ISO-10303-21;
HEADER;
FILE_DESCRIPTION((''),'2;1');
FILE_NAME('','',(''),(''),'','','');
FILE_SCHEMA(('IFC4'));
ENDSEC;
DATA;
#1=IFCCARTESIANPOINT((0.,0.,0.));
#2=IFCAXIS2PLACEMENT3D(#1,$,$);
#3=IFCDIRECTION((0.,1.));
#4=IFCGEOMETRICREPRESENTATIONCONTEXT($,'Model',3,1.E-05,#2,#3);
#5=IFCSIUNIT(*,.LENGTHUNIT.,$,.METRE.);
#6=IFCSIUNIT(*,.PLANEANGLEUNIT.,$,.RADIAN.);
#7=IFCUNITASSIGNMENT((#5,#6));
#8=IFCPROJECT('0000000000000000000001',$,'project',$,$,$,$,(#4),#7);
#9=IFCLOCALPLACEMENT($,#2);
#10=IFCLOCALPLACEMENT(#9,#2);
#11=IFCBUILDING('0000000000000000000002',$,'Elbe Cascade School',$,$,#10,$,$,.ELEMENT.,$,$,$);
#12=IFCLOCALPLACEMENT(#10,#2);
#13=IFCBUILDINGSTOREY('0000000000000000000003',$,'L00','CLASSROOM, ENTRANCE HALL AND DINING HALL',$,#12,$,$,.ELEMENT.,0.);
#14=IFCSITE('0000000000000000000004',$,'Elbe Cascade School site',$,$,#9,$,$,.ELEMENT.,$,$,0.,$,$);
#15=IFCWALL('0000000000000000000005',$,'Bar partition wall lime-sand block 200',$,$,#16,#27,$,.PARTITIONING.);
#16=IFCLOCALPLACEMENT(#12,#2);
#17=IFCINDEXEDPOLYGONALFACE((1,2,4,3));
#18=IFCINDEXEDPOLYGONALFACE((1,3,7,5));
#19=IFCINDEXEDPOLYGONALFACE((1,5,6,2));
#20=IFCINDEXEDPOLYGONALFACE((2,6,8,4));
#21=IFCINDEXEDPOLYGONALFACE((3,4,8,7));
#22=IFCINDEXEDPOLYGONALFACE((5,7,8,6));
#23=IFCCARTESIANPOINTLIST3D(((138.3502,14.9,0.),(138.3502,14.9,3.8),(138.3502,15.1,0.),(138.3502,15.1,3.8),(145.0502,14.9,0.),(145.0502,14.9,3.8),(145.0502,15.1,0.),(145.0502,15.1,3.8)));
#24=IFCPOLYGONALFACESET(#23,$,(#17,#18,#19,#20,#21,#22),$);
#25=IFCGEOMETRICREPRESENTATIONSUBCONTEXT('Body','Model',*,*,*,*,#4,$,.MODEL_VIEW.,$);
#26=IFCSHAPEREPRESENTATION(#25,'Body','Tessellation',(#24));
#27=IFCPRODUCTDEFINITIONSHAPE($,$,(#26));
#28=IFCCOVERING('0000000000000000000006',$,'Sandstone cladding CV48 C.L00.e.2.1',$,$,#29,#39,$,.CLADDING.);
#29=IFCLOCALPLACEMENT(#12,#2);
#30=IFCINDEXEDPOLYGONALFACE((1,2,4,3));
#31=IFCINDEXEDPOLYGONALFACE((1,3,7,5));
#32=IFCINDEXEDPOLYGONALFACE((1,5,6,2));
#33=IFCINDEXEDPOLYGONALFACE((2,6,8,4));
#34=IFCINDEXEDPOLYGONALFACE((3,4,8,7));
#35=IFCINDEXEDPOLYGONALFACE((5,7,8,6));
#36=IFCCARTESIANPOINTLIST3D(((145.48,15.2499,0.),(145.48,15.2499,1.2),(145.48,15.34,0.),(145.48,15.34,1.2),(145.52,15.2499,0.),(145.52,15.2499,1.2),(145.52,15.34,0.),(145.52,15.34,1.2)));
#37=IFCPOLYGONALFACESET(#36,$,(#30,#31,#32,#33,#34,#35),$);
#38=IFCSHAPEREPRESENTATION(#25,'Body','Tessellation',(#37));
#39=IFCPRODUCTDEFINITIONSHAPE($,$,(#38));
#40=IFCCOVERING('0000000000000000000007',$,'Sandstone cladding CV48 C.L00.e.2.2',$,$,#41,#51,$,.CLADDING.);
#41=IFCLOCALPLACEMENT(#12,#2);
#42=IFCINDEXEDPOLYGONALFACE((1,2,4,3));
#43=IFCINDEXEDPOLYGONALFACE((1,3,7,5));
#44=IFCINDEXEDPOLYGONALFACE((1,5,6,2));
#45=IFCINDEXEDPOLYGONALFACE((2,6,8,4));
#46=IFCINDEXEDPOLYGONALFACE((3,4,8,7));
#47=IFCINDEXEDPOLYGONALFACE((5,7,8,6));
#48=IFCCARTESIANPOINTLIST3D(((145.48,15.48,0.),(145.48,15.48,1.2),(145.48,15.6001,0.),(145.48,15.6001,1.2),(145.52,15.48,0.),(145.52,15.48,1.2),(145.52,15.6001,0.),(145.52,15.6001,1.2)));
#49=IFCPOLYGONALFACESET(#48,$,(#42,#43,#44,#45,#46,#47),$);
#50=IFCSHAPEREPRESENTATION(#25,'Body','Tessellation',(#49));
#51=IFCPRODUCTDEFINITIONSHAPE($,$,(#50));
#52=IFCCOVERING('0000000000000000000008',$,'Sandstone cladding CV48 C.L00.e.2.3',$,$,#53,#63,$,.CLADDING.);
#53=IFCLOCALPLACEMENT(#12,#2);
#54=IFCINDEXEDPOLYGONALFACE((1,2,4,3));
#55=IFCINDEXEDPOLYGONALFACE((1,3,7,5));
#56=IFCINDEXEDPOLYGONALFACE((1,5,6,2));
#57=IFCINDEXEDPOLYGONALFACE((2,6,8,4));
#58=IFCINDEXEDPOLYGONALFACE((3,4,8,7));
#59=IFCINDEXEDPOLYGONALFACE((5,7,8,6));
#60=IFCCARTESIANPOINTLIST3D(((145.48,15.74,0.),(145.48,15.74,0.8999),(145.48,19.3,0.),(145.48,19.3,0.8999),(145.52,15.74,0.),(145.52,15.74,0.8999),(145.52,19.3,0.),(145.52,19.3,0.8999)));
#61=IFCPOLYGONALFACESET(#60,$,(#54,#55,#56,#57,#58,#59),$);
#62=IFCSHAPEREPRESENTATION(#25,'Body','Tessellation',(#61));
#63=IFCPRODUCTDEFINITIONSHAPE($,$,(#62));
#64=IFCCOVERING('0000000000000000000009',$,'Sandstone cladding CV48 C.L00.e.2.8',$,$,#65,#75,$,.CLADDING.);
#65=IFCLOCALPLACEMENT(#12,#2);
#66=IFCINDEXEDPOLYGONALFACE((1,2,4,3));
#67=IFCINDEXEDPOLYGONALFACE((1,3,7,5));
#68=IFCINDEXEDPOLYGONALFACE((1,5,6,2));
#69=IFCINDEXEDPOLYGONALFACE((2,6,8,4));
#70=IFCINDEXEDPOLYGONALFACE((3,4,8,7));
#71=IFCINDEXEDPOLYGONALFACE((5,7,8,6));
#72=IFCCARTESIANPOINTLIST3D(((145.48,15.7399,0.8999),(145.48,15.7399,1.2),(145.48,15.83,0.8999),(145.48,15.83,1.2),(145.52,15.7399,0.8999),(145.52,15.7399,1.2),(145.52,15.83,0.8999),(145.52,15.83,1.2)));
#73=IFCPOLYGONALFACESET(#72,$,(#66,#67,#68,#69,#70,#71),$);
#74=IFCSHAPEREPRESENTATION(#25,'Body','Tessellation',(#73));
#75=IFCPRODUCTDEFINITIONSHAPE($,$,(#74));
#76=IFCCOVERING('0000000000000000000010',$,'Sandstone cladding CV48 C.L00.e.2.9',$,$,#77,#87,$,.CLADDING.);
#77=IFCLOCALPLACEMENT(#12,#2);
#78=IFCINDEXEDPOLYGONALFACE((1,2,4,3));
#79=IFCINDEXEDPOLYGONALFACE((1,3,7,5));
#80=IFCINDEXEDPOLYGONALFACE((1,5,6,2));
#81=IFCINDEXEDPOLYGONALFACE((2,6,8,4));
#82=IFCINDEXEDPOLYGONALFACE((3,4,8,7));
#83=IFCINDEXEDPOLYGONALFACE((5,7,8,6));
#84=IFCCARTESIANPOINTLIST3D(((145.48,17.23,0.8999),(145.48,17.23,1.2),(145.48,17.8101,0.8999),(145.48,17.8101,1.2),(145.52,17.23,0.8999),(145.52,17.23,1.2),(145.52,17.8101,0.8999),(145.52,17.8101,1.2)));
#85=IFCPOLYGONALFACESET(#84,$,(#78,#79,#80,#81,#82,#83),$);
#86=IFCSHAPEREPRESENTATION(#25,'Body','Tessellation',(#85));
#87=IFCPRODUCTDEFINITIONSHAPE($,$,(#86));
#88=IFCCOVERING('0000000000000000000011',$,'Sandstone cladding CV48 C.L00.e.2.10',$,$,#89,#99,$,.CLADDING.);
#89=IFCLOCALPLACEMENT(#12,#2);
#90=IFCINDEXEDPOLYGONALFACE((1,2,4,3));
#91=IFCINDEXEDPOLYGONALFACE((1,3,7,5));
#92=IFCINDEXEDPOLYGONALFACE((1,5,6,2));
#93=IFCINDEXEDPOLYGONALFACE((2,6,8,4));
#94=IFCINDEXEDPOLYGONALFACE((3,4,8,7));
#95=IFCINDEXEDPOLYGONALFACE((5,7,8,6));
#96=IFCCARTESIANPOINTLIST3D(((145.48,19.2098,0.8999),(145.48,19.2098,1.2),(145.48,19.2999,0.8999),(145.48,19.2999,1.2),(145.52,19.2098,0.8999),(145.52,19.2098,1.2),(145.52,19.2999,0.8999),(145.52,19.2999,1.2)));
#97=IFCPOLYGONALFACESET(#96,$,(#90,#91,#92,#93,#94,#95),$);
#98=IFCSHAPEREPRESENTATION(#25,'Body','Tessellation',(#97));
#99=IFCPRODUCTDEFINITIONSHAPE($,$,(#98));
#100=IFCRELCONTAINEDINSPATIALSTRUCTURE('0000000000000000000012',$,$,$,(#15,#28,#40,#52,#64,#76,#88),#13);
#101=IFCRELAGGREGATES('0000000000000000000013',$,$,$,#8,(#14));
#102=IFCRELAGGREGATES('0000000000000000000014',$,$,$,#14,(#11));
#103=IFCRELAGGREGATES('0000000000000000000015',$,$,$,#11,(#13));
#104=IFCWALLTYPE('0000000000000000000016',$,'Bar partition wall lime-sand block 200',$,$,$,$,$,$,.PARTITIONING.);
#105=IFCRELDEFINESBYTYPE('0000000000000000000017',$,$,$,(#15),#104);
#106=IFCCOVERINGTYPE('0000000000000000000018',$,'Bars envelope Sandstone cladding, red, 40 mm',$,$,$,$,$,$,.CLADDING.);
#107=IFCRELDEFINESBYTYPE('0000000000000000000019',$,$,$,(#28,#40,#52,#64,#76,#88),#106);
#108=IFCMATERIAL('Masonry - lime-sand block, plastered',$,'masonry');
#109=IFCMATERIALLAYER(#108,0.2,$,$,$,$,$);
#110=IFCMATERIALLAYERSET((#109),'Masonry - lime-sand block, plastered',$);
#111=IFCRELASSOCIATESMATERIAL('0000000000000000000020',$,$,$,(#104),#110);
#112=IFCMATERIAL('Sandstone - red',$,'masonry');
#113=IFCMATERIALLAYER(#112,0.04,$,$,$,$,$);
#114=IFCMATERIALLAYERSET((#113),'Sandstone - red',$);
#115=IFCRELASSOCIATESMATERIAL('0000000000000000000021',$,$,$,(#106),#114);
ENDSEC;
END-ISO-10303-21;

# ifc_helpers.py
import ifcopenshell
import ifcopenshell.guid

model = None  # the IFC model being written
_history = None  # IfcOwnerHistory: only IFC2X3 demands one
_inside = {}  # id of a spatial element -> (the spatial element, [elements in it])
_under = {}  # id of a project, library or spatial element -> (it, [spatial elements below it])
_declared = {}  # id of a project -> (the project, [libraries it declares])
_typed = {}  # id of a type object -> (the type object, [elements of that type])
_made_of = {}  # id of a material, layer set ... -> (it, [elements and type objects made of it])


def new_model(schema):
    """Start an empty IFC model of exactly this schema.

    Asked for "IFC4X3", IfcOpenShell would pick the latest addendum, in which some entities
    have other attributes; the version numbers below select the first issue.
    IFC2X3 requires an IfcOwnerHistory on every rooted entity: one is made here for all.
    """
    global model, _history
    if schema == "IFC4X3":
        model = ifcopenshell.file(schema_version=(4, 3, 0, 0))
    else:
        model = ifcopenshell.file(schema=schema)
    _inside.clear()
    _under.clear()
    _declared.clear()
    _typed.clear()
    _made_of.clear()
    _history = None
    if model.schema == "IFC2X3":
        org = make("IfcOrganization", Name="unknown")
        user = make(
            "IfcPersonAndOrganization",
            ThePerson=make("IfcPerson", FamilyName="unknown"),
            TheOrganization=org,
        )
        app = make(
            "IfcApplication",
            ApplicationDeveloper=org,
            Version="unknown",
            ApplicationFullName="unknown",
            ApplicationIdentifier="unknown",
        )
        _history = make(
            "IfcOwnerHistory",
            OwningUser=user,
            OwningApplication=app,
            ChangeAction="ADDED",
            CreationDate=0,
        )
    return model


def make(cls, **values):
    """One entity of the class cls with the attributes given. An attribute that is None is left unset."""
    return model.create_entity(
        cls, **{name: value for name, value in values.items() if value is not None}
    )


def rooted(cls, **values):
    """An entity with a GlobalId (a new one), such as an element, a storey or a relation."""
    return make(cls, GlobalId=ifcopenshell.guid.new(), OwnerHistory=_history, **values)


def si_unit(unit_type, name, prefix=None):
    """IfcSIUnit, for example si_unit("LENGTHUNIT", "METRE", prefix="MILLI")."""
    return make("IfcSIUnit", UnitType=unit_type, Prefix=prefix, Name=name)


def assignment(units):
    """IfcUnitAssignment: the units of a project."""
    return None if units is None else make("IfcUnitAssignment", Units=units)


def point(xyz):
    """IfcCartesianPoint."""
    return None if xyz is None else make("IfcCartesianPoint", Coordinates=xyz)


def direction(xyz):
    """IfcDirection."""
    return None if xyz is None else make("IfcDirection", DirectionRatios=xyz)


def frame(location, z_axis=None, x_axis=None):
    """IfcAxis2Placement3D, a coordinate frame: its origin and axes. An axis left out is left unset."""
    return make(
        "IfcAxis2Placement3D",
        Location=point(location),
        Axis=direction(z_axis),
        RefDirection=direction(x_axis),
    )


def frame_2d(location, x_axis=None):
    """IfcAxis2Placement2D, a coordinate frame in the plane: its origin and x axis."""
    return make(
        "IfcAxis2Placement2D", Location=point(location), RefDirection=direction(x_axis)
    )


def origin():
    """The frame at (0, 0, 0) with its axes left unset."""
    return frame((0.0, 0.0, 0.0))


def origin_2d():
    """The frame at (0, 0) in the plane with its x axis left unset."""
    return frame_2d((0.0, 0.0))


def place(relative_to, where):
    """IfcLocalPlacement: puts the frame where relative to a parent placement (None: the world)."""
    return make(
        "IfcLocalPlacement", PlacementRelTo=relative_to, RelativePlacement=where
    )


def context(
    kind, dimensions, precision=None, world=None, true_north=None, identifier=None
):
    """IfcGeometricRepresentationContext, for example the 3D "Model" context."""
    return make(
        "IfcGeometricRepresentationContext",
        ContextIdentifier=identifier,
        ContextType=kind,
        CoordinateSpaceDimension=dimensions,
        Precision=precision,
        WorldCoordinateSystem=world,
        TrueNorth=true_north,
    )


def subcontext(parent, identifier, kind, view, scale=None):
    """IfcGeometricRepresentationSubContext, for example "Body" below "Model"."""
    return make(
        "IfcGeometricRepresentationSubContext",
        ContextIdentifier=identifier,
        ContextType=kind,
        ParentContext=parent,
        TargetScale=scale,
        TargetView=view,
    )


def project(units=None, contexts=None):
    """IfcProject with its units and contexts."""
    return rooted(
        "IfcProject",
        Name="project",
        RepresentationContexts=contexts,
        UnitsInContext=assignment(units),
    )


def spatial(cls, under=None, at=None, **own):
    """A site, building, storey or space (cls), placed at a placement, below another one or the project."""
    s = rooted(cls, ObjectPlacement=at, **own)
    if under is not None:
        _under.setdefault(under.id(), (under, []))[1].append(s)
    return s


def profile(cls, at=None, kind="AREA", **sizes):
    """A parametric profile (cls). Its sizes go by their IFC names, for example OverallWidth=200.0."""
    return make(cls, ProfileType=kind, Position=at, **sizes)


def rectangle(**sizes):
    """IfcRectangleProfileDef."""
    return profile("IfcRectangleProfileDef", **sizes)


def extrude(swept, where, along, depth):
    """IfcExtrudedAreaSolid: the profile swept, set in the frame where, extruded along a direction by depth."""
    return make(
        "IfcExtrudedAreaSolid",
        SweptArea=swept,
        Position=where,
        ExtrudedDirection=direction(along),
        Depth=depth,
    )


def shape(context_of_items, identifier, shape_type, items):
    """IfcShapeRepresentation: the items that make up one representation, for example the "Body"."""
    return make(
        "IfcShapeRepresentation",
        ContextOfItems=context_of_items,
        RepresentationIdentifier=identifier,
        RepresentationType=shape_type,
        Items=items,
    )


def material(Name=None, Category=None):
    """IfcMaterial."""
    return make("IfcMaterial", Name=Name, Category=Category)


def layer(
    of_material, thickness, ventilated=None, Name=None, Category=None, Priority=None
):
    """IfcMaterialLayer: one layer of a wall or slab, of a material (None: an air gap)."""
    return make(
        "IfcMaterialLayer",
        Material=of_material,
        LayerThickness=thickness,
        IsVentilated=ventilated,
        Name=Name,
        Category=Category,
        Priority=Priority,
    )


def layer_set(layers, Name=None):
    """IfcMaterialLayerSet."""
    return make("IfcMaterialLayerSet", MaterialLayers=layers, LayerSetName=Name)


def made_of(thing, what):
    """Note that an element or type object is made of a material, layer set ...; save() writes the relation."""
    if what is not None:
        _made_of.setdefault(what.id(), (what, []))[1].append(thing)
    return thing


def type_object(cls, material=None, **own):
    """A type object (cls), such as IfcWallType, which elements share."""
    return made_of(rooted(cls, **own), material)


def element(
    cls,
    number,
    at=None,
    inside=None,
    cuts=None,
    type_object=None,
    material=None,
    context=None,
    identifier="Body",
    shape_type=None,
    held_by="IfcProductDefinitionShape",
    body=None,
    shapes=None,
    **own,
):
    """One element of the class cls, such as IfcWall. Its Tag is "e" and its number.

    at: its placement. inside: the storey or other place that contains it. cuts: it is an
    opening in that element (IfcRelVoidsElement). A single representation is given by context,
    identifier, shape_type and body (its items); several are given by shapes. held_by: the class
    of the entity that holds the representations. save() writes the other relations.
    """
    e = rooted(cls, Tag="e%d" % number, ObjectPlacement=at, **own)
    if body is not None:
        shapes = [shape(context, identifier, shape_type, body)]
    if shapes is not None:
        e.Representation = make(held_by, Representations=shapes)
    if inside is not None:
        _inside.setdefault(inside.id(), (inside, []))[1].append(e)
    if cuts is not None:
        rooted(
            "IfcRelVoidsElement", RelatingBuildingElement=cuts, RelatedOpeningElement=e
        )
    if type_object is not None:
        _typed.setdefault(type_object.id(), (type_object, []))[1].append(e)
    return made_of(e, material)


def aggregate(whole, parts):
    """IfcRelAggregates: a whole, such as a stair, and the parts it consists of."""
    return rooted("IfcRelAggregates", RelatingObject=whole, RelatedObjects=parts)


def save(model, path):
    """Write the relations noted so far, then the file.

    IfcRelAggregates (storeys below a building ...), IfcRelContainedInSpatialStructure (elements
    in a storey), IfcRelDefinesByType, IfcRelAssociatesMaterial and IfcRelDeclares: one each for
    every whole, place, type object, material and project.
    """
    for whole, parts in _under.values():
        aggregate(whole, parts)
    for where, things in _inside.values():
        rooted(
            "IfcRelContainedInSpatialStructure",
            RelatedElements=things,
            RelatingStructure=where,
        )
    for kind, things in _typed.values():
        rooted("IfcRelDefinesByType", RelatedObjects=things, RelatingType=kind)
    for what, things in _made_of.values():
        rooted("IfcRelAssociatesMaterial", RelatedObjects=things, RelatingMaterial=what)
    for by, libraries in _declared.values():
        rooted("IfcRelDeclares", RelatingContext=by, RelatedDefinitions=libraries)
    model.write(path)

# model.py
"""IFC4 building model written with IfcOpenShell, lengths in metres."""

from ifc_helpers import new_model, si_unit, direction, frame, frame_2d, origin, origin_2d, place, context, subcontext, project, spatial, rectangle, extrude, material, layer, layer_set, type_object, element, save


model = new_model("IFC4")

# Units and contexts
model_context = context("Model", 3, precision=1e-05, world=origin(), true_north=direction((0.0, 1.0)))
body_context = subcontext(model_context, "Body", "Model", "MODEL_VIEW")
ifc_project = project(units=[si_unit("LENGTHUNIT", "METRE"), si_unit("PLANEANGLEUNIT", "RADIAN")], contexts=[model_context])

# Site, building, storey
site_placement = place(None, origin())
site = spatial("IfcSite", under=ifc_project, at=site_placement, Name="Elbe Cascade School site", CompositionType="ELEMENT", RefElevation=0.0)
building_placement = place(site_placement, origin())
building = spatial("IfcBuilding", under=site, at=building_placement, Name="Elbe Cascade School", CompositionType="ELEMENT")
storey_placement = place(building_placement, origin())
storey = spatial("IfcBuildingStorey", under=building, at=storey_placement, Name="L00", Description="CLASSROOM, ENTRANCE HALL AND DINING HALL", CompositionType="ELEMENT", Elevation=0.0)

# Wall
ifc_material_1 = material(Name="Masonry - lime-sand block, plastered", Category="masonry")
ifc_layer_1 = layer(ifc_material_1, 0.2)
ifc_layer_set_1 = layer_set([ifc_layer_1], Name="Masonry - lime-sand block, plastered")
wall_type_1 = type_object("IfcWallType", Name="Bar partition wall lime-sand block 200", PredefinedType="PARTITIONING", material=ifc_layer_set_1)
wall_1_placement = place(storey_placement, frame((138.3501, 15.0, 0.0), z_axis=(0.0, 0.0, 1.0), x_axis=(1.0, 0.0, 0.0)))
element("IfcWall", 1, at=wall_1_placement, inside=storey, type_object=wall_type_1, Name="Bar partition wall lime-sand block 200", PredefinedType="PARTITIONING", context=body_context, shape_type="SweptSolid", body=[
    extrude(rectangle(XDim=6.7, YDim=0.2, at=frame_2d((3.3501, 0.0))), origin(), (0.0, 0.0, 1.0), 3.8),
])

# Coverings
ifc_material_2 = material(Name="Sandstone - red", Category="masonry")
ifc_layer_2 = layer(ifc_material_2, 0.04)
ifc_layer_set_2 = layer_set([ifc_layer_2], Name="Sandstone - red")
covering_type = type_object("IfcCoveringType", Name="Bars envelope Sandstone cladding, red, 40 mm", PredefinedType="CLADDING", material=ifc_layer_set_2)
covering_1_placement = place(storey_placement, frame((145.5, 15.2949, 0.0), z_axis=(0.0, 0.0, 1.0), x_axis=(0.0, 1.0, 0.0)))
element("IfcCovering", 2, at=covering_1_placement, inside=storey, type_object=covering_type, Name="Sandstone cladding CV48 C.L00.e.2.1", PredefinedType="CLADDING", context=body_context, shape_type="SweptSolid", body=[
    extrude(rectangle(XDim=0.0901, YDim=0.04, at=origin_2d()), origin(), (0.0, 0.0, 1.0), 1.2),
])
covering_2_placement = place(storey_placement, frame((145.5, 15.54, 0.0), z_axis=(0.0, 0.0, 1.0), x_axis=(0.0, 1.0, 0.0)))
element("IfcCovering", 3, at=covering_2_placement, inside=storey, type_object=covering_type, Name="Sandstone cladding CV48 C.L00.e.2.2", PredefinedType="CLADDING", context=body_context, shape_type="SweptSolid", body=[
    extrude(rectangle(XDim=0.1201, YDim=0.04, at=origin_2d()), origin(), (0.0, 0.0, 1.0), 1.2),
])
covering_3_placement = place(storey_placement, frame((145.5, 17.52, 0.0), z_axis=(0.0, 0.0, 1.0), x_axis=(0.0, 1.0, 0.0)))
element("IfcCovering", 4, at=covering_3_placement, inside=storey, type_object=covering_type, Name="Sandstone cladding CV48 C.L00.e.2.3", PredefinedType="CLADDING", context=body_context, shape_type="SweptSolid", body=[
    extrude(rectangle(XDim=3.5601, YDim=0.04, at=origin_2d()), origin(), (0.0, 0.0, 1.0), 0.8999),
])
covering_4_placement = place(storey_placement, frame((145.5, 15.7849, 0.8999), z_axis=(0.0, 0.0, 1.0), x_axis=(0.0, 1.0, 0.0)))
element("IfcCovering", 5, at=covering_4_placement, inside=storey, type_object=covering_type, Name="Sandstone cladding CV48 C.L00.e.2.8", PredefinedType="CLADDING", context=body_context, shape_type="SweptSolid", body=[
    extrude(rectangle(XDim=0.0901, YDim=0.04, at=origin_2d()), origin(), (0.0, 0.0, 1.0), 0.3),
])
covering_5_placement = place(storey_placement, frame((145.5, 17.52, 0.8999), z_axis=(0.0, 0.0, 1.0), x_axis=(0.0, 1.0, 0.0)))
element("IfcCovering", 6, at=covering_5_placement, inside=storey, type_object=covering_type, Name="Sandstone cladding CV48 C.L00.e.2.9", PredefinedType="CLADDING", context=body_context, shape_type="SweptSolid", body=[
    extrude(rectangle(XDim=0.5801, YDim=0.04, at=origin_2d()), origin(), (0.0, 0.0, 1.0), 0.3),
])
covering_6_placement = place(storey_placement, frame((145.5, 19.2549, 0.8999), z_axis=(0.0, 0.0, 1.0), x_axis=(0.0, 1.0, 0.0)))
element("IfcCovering", 7, at=covering_6_placement, inside=storey, type_object=covering_type, Name="Sandstone cladding CV48 C.L00.e.2.10", PredefinedType="CLADDING", context=body_context, shape_type="SweptSolid", body=[
    extrude(rectangle(XDim=0.0901, YDim=0.04, at=origin_2d()), origin(), (0.0, 0.0, 1.0), 0.3),
])

save(model, "model.ifc")
